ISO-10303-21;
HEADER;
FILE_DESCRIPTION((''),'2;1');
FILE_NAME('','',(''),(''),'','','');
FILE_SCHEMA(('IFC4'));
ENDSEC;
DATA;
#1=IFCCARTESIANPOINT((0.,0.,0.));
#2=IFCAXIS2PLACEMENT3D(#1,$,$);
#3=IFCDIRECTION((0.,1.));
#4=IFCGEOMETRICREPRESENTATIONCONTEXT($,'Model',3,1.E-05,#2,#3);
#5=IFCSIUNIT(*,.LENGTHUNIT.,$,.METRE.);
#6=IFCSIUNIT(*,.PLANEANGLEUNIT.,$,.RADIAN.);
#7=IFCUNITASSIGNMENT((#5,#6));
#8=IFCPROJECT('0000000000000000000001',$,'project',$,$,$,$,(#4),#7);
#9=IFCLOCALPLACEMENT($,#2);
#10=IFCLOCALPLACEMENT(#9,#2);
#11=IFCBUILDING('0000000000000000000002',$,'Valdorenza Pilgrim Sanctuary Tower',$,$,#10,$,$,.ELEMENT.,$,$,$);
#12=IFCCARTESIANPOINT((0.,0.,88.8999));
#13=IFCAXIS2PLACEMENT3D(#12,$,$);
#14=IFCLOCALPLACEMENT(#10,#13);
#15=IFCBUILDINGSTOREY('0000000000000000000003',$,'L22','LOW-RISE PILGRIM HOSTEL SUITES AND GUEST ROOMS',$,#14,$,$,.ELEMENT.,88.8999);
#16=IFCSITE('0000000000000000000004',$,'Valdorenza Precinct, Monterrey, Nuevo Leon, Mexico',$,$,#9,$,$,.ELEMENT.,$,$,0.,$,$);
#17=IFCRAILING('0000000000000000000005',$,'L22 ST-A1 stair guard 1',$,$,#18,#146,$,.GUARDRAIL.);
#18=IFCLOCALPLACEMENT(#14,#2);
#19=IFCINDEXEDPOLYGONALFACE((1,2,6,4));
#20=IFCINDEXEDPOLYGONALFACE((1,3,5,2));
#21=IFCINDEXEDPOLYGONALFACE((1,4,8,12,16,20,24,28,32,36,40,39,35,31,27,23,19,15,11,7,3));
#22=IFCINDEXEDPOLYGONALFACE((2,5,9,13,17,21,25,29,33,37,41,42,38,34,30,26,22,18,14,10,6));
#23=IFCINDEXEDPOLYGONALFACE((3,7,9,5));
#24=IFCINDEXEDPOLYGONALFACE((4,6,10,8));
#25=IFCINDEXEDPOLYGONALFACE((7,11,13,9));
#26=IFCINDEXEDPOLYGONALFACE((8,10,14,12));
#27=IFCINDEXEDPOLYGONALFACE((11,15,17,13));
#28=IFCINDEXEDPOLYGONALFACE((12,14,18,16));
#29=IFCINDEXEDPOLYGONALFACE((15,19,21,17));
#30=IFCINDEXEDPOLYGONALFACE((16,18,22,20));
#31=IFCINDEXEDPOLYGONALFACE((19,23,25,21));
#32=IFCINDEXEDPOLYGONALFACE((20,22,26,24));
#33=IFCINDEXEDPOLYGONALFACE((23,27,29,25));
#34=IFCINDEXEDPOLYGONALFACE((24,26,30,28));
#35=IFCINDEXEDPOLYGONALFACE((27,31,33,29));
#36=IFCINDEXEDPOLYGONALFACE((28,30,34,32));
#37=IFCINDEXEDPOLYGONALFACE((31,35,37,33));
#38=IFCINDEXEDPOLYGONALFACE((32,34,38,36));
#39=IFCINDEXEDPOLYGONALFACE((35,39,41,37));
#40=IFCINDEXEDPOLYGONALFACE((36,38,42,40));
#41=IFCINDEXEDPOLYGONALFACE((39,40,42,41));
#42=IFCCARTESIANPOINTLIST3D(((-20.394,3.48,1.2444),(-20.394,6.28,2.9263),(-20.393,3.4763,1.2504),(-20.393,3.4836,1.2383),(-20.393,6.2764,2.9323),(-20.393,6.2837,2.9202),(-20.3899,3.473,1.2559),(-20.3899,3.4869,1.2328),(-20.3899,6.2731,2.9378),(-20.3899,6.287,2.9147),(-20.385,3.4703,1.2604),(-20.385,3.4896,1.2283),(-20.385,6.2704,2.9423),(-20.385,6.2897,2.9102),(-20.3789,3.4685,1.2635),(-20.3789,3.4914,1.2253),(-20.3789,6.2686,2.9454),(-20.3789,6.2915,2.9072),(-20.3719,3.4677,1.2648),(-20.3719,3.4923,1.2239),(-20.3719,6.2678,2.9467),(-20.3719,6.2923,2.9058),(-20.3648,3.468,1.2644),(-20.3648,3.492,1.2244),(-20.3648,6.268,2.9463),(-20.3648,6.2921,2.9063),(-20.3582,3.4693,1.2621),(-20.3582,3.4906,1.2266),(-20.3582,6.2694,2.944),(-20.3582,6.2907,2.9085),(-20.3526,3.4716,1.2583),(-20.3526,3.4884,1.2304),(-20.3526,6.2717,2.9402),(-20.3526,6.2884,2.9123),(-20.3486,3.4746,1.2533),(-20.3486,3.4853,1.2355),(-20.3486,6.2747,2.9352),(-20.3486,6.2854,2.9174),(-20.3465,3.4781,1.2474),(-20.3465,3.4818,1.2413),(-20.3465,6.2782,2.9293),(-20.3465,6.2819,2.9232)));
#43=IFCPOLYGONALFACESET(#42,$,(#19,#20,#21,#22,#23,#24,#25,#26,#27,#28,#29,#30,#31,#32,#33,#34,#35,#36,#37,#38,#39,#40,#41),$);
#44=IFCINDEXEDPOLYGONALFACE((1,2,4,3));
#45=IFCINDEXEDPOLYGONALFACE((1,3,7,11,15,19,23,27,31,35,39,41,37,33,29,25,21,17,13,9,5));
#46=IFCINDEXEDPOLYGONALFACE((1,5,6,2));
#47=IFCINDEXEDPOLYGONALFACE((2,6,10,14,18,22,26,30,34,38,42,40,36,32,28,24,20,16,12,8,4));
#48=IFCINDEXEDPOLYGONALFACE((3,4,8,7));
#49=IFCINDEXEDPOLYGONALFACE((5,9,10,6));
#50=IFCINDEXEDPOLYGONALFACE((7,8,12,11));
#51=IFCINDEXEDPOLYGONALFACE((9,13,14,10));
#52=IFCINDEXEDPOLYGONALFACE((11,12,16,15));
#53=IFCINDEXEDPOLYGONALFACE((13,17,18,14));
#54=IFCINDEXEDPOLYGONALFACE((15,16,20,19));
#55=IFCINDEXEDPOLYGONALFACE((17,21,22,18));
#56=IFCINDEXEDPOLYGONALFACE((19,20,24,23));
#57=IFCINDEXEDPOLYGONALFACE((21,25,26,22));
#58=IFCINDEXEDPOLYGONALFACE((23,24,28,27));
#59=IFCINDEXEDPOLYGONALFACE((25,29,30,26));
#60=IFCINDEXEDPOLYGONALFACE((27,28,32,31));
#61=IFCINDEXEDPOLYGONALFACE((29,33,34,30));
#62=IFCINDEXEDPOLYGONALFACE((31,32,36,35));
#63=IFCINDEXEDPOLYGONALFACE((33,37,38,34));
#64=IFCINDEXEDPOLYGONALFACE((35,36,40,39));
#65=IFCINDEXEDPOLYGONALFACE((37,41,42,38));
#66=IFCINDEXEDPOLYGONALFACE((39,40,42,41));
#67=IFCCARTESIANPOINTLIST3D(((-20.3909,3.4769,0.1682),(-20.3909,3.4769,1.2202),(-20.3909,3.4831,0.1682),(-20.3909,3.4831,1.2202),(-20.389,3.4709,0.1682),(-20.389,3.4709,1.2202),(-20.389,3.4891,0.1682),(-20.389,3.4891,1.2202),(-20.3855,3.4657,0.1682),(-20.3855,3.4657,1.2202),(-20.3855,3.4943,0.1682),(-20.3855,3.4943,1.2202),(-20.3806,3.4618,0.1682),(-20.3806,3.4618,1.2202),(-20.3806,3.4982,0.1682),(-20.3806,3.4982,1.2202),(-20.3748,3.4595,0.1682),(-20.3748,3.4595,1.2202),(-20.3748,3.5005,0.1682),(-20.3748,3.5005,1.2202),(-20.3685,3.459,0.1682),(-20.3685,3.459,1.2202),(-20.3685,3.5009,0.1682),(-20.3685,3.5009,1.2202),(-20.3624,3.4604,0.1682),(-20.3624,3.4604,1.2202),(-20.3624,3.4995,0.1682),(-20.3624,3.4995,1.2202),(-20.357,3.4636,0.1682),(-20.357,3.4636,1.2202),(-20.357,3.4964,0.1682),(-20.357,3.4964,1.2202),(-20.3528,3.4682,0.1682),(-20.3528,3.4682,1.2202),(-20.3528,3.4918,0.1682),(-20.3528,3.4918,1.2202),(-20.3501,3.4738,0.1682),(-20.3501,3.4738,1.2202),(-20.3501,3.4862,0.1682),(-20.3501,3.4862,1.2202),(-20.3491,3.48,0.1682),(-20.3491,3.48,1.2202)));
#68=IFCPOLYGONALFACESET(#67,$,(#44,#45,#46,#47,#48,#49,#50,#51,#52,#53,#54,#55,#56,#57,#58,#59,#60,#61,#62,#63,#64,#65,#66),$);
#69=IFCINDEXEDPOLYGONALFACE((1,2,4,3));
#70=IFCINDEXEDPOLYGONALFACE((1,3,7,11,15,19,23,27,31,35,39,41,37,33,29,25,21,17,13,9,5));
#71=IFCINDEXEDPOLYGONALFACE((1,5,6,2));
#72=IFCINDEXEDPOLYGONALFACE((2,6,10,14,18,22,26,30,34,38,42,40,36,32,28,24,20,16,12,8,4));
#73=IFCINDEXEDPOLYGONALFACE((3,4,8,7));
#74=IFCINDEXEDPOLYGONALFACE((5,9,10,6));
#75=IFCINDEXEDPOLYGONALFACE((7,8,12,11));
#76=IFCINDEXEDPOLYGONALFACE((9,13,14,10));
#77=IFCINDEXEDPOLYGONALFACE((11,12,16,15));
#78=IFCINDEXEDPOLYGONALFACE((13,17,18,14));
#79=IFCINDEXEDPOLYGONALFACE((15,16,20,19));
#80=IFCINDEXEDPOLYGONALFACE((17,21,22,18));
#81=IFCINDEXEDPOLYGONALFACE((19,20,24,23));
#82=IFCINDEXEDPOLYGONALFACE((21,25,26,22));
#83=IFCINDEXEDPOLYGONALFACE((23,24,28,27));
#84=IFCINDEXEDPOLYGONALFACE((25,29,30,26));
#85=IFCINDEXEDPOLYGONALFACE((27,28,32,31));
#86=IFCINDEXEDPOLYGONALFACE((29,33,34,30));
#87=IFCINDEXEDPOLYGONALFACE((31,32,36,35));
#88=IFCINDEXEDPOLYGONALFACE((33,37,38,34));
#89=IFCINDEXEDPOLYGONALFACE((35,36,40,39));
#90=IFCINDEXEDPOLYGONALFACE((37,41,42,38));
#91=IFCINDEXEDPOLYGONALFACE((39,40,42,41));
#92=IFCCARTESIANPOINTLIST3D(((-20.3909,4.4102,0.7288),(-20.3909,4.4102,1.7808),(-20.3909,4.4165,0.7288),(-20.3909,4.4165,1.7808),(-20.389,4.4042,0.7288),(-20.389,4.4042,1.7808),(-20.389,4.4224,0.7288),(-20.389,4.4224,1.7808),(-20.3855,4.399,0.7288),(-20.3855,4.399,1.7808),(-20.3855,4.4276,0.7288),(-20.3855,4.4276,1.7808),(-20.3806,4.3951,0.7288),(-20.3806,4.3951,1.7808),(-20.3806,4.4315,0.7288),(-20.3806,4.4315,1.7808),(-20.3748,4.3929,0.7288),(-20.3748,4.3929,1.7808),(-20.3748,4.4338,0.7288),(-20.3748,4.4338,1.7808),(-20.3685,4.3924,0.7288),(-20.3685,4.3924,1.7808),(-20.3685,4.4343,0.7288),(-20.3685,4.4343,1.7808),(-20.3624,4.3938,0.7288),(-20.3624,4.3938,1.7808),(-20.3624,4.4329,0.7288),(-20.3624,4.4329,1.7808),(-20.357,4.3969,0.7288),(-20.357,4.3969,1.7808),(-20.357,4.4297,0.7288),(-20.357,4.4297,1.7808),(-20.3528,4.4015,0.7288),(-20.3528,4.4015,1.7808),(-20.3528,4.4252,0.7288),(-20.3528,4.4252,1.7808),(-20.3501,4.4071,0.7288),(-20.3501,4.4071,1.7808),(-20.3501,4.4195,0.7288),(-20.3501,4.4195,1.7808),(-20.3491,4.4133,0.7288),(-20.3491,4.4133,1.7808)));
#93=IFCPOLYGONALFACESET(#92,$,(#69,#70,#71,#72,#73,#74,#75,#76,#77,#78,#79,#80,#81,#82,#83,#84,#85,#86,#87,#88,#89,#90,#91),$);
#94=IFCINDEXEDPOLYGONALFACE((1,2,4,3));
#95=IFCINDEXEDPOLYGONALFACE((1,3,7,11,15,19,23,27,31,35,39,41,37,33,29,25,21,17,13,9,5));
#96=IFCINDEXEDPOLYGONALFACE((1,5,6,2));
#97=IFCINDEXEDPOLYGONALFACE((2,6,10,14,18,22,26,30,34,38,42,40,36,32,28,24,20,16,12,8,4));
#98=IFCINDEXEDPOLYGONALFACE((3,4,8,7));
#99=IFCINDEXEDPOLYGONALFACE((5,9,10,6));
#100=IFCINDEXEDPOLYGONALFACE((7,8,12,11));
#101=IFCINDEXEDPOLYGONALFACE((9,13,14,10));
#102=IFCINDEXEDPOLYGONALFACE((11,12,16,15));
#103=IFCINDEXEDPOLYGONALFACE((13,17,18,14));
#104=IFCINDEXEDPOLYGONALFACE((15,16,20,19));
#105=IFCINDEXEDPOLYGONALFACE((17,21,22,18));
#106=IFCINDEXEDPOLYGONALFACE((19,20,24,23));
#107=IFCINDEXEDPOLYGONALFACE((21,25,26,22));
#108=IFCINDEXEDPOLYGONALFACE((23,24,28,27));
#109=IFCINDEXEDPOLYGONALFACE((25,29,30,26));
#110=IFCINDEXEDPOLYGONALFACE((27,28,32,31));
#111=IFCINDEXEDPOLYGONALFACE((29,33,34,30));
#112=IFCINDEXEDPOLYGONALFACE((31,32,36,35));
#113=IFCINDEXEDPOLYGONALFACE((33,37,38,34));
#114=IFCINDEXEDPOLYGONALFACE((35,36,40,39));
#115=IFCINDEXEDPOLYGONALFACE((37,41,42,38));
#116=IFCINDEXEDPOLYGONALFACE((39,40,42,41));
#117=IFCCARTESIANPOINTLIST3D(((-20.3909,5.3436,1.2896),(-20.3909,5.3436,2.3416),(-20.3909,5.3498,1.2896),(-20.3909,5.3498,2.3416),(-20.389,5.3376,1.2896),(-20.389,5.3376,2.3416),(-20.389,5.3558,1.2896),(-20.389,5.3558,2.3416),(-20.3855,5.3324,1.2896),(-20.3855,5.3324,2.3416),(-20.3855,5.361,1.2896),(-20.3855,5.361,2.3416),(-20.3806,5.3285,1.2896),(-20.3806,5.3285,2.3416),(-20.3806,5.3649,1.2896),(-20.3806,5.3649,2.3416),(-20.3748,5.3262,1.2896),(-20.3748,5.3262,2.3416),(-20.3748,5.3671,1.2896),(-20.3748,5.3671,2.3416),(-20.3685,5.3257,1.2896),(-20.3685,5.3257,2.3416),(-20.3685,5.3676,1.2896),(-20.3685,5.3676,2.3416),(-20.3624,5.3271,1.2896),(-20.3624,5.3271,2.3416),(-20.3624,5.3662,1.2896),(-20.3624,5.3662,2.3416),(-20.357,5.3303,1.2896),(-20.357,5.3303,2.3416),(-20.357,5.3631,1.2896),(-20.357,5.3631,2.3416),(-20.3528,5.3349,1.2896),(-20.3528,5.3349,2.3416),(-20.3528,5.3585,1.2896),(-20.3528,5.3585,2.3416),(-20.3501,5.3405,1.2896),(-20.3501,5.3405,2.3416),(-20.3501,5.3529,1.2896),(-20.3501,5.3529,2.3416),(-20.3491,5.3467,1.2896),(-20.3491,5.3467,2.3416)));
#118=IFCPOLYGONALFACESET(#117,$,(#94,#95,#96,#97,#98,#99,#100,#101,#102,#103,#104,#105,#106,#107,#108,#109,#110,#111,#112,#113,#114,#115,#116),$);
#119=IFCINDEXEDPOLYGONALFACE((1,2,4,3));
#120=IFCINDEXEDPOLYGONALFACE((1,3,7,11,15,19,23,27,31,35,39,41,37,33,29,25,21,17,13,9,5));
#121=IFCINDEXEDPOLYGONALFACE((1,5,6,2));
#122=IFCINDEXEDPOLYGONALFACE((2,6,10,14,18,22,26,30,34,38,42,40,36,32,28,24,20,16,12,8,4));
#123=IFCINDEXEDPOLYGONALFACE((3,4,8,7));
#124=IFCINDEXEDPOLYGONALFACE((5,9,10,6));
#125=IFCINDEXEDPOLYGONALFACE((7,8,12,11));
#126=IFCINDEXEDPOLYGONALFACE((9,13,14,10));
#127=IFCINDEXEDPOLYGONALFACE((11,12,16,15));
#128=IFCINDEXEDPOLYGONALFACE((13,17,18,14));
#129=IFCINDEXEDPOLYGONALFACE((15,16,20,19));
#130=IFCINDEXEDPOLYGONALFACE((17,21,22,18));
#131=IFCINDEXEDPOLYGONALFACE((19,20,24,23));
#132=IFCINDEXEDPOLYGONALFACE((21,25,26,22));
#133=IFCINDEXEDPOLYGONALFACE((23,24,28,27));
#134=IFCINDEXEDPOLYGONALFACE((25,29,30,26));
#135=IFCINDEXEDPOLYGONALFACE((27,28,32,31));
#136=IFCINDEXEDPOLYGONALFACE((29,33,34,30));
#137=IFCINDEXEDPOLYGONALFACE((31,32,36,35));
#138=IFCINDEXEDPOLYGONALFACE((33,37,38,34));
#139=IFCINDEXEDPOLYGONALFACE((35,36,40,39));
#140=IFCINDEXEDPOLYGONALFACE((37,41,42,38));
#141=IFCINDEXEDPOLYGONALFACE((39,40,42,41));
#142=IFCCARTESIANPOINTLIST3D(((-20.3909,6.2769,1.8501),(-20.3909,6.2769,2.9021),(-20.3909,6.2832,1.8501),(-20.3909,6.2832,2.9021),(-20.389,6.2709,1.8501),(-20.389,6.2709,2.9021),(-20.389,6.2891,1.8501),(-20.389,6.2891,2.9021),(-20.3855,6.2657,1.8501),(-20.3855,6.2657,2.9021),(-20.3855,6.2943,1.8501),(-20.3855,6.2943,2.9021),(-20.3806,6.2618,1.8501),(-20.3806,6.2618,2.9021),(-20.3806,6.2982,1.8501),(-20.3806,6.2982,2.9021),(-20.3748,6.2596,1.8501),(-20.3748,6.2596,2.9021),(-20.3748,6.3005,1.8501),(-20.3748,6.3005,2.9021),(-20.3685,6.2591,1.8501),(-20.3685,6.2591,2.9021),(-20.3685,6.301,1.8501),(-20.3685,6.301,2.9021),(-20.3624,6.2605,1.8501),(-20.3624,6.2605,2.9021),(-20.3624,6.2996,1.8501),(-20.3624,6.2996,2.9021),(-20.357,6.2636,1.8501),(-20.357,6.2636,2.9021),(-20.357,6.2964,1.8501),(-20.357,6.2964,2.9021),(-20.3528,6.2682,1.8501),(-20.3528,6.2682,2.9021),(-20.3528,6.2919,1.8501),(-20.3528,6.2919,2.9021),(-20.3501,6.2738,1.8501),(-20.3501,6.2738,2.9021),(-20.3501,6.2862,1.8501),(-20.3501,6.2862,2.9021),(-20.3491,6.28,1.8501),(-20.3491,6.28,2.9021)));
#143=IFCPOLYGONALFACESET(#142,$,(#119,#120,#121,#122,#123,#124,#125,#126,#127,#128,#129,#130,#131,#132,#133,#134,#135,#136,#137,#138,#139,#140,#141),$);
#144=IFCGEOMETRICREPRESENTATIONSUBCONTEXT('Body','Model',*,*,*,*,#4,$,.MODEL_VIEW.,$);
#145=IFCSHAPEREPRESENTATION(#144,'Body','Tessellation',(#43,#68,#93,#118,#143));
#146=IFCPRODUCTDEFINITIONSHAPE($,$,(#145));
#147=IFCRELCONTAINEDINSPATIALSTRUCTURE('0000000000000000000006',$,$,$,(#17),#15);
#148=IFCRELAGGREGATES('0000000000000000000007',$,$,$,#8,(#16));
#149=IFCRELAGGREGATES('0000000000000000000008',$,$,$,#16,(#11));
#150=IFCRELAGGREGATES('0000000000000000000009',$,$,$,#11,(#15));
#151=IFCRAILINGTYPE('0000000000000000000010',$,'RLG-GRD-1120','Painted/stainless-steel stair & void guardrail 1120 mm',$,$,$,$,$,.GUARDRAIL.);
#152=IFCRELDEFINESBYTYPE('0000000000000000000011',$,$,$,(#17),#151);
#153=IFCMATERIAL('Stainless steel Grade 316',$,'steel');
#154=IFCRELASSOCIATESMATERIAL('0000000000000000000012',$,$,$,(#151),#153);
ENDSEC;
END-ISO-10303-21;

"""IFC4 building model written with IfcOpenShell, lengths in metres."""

from ifc_helpers import new_model, si_unit, direction, frame, origin, origin_2d, place, context, subcontext, project, spatial, circle, extrude, material, type_object, element, save


model = new_model("IFC4")

# Units and contexts
model_context = context("Model", 3, precision=1e-05, world=origin(), true_north=direction((0.0, 1.0)))
body_context = subcontext(model_context, "Body", "Model", "MODEL_VIEW")
ifc_project = project(units=[si_unit("LENGTHUNIT", "METRE"), si_unit("PLANEANGLEUNIT", "RADIAN")], contexts=[model_context])

# Site, building, storey
site_placement = place(None, origin())
site = spatial("IfcSite", under=ifc_project, at=site_placement, Name="Valdorenza Precinct, Monterrey, Nuevo Leon, Mexico", CompositionType="ELEMENT", RefElevation=0.0)
building_placement = place(site_placement, origin())
building = spatial("IfcBuilding", under=site, at=building_placement, Name="Valdorenza Pilgrim Sanctuary Tower", CompositionType="ELEMENT")
storey_placement = place(building_placement, frame((0.0, 0.0, 88.8999)))
storey = spatial("IfcBuildingStorey", under=building, at=storey_placement, Name="L22", Description="LOW-RISE PILGRIM HOSTEL SUITES AND GUEST ROOMS", CompositionType="ELEMENT", Elevation=88.8999)

# Railing
ifc_material_1 = material(Name="Stainless steel Grade 316", Category="steel")
railing_type_1 = type_object("IfcRailingType", Name="RLG-GRD-1120", Description="Painted/stainless-steel stair & void guardrail 1120 mm", PredefinedType="GUARDRAIL", material=ifc_material_1)
railing_1_placement = place(storey_placement, frame((-20.3701, 3.48, 0.1682)))
element("IfcRailing", 1, at=railing_1_placement, inside=storey, type_object=railing_type_1, Name="L22 ST-A1 stair guard 1", PredefinedType="GUARDRAIL", context=body_context, shape_type="SweptSolid", body=[
    extrude(circle(Radius=0.0239, at=origin_2d()), frame((0.0, 0.0, 1.0762), z_axis=(0.0, 0.857242, 0.514913), x_axis=(-1.0, 0.0, 0.0)), (0.0, 0.0, 1.0), 3.2664),
    extrude(circle(Radius=0.021, at=origin_2d()), origin(), (0.0, 0.0, 1.0), 1.052),
    extrude(circle(Radius=0.021, at=origin_2d()), frame((0.0, 0.9333, 0.5605)), (0.0, 0.0, 1.0), 1.052),
    extrude(circle(Radius=0.021, at=origin_2d()), frame((0.0, 1.8667, 1.1213)), (0.0, 0.0, 1.0), 1.052),
    extrude(circle(Radius=0.021, at=origin_2d()), frame((0.0, 2.8, 1.6819)), (0.0, 0.0, 1.0), 1.052),
])

save(model, "model.ifc")
